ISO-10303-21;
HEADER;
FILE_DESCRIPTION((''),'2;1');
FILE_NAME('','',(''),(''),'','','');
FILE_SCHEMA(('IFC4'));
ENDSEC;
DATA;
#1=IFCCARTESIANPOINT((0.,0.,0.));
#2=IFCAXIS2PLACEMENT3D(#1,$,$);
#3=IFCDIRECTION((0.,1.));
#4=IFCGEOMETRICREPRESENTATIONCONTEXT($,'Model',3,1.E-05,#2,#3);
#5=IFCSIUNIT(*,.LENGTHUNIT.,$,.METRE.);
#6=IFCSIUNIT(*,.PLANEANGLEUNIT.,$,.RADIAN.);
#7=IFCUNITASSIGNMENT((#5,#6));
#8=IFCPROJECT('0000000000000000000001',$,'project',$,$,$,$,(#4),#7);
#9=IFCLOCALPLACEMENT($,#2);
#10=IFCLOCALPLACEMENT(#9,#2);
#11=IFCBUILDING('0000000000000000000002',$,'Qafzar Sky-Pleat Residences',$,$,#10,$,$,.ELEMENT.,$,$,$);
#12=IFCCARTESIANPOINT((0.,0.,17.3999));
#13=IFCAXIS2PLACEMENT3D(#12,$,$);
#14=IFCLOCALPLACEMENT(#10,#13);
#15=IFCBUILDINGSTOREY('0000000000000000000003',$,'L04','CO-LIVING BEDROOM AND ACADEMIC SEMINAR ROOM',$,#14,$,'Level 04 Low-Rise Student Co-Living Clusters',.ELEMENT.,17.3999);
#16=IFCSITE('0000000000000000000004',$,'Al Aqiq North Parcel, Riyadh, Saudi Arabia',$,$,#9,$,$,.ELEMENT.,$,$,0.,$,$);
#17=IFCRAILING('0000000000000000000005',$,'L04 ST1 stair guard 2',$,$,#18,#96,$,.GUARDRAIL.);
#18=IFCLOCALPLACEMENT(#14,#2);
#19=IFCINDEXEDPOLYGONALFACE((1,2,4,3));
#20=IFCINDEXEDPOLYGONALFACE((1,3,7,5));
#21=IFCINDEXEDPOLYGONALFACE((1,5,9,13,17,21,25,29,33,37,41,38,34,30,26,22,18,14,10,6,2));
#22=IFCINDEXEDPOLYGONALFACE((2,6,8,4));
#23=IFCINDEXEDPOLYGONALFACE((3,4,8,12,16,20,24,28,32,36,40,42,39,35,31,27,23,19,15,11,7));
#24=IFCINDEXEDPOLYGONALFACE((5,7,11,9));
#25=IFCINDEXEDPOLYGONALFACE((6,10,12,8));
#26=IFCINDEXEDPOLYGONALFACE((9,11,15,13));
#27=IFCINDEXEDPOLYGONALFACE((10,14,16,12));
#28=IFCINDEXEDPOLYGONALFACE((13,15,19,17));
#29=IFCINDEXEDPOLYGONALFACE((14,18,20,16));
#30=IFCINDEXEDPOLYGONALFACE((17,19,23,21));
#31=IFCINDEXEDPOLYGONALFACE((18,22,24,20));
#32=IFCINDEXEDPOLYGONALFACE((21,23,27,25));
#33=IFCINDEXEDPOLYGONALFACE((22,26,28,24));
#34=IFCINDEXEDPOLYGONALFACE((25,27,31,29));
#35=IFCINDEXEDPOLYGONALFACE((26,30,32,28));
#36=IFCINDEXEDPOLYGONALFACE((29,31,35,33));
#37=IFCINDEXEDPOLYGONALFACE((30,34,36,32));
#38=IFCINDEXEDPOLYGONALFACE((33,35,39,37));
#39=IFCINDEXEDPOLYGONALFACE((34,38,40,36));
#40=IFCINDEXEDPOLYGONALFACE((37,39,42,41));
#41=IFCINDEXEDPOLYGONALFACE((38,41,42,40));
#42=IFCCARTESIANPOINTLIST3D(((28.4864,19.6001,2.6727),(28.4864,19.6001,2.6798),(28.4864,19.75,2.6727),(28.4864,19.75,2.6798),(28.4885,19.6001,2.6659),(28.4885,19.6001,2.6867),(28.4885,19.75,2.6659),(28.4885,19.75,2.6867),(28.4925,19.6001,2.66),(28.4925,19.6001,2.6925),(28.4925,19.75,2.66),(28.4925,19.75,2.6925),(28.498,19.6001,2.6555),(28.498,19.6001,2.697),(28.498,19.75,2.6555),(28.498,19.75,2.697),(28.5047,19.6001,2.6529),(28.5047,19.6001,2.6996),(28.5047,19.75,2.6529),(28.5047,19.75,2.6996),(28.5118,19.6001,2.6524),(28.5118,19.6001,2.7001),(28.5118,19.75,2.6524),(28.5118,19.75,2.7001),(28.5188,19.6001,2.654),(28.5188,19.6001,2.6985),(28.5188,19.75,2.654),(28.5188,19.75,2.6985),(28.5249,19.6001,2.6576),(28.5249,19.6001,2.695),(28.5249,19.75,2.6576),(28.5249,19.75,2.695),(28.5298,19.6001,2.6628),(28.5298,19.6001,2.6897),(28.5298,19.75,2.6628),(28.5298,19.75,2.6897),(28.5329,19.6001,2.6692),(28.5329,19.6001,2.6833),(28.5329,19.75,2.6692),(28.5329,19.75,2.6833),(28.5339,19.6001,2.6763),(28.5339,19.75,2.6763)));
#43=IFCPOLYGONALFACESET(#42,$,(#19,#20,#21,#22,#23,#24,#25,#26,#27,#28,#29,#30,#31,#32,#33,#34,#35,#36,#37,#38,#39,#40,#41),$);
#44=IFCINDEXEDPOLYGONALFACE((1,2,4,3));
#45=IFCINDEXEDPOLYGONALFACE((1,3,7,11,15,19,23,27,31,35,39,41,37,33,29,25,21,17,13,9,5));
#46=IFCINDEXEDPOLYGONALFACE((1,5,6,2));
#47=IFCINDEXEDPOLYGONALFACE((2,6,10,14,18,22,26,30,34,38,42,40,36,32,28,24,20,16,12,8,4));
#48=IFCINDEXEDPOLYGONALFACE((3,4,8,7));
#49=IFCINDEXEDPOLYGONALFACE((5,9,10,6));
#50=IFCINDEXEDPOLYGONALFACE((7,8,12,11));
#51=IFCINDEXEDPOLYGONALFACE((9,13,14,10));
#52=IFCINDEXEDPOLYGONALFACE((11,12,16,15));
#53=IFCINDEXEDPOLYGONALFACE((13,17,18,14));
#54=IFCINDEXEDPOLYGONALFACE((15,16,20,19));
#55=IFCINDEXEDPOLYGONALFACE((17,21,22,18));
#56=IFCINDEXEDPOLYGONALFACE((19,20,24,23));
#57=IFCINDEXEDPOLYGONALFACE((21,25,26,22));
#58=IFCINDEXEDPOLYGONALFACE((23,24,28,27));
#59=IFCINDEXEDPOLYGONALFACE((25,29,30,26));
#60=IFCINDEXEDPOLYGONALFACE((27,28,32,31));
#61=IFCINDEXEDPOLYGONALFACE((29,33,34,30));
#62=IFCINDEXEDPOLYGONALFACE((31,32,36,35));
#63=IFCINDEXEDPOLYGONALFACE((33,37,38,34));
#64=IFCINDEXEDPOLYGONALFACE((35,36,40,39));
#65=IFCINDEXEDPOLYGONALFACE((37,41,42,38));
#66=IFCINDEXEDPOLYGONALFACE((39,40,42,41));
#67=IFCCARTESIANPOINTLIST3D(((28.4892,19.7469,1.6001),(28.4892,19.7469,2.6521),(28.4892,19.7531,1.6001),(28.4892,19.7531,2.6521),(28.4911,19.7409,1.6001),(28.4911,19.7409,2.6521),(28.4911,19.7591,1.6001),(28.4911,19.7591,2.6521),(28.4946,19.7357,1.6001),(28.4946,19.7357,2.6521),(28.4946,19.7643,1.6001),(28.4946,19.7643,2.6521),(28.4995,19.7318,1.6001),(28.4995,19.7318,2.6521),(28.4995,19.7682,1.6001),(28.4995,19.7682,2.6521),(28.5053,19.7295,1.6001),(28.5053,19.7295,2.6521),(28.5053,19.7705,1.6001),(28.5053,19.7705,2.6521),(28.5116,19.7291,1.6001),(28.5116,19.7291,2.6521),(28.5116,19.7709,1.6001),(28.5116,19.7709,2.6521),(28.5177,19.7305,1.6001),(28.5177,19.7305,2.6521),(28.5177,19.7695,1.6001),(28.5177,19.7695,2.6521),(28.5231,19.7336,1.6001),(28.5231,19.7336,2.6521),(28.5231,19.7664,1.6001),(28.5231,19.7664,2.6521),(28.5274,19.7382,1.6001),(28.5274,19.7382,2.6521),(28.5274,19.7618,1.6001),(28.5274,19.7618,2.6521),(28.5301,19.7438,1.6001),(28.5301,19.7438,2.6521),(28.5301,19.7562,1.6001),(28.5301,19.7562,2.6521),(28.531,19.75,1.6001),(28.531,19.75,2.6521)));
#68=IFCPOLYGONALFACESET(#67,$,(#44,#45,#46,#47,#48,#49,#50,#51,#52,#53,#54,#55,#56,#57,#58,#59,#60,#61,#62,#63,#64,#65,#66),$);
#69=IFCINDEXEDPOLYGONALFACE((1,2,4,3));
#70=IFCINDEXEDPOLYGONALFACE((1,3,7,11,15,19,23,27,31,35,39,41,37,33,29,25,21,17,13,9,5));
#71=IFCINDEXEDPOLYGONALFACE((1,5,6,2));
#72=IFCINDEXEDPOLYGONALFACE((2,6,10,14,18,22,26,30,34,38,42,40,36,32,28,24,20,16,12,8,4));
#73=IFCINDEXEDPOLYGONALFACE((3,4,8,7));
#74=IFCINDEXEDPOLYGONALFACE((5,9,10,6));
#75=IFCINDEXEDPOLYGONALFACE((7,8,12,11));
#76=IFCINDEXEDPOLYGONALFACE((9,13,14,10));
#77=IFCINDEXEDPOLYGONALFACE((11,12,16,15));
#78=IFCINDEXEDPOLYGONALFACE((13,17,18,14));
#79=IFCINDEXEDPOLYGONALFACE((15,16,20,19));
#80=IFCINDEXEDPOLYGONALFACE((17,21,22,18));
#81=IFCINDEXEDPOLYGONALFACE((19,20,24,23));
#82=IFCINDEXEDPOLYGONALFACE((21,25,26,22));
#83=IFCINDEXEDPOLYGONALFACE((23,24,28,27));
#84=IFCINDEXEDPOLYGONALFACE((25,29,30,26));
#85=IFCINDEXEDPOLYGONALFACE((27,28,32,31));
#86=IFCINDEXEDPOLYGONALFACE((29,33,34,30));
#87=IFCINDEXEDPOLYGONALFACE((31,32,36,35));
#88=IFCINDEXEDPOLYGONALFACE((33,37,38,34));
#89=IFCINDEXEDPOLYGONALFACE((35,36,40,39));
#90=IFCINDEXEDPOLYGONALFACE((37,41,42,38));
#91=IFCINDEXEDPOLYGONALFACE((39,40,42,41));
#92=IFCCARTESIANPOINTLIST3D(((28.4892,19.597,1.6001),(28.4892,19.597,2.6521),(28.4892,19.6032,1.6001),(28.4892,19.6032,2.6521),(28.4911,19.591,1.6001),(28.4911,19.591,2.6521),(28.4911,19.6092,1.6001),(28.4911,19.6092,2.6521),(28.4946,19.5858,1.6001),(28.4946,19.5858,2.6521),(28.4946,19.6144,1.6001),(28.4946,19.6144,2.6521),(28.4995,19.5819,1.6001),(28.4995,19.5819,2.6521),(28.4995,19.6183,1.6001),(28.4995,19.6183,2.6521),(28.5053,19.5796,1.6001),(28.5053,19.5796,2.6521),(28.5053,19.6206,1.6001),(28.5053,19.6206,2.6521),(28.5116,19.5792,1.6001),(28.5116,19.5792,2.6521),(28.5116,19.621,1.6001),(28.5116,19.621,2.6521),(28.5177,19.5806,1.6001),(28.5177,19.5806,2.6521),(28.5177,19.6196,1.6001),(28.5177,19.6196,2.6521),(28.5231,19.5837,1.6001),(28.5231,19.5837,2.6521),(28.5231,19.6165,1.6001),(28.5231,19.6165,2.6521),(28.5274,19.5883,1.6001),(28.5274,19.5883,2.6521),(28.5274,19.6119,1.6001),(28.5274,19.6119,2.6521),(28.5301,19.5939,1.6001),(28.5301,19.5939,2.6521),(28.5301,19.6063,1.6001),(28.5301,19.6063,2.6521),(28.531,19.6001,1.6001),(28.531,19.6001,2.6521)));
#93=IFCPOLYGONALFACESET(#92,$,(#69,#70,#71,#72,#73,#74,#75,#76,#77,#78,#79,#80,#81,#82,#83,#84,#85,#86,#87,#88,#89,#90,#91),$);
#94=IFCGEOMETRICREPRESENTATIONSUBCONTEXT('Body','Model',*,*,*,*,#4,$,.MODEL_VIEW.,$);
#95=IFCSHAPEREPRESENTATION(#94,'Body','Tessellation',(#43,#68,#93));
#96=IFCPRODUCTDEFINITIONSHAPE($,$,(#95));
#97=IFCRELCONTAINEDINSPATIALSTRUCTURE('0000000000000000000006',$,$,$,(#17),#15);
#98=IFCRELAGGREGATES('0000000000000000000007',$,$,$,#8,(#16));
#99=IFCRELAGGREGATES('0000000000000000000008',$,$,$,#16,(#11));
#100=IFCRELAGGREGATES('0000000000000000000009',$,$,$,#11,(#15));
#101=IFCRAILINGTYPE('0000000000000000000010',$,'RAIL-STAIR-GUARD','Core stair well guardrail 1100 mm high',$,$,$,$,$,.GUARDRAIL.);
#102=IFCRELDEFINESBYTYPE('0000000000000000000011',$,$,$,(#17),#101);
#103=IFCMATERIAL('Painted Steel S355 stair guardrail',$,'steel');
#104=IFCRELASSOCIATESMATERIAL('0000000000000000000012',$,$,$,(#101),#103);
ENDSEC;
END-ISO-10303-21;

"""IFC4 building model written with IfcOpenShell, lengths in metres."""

from ifc_helpers import new_model, si_unit, direction, frame, origin, origin_2d, place, context, subcontext, project, spatial, circle, extrude, source, transform, mapped, material, type_object, element, save


model = new_model("IFC4")

# Units and contexts
model_context = context("Model", 3, precision=1e-05, world=origin(), true_north=direction((0.0, 1.0)))
body_context = subcontext(model_context, "Body", "Model", "MODEL_VIEW")
ifc_project = project(units=[si_unit("LENGTHUNIT", "METRE"), si_unit("PLANEANGLEUNIT", "RADIAN")], contexts=[model_context])

# Site, building, storey
site_placement = place(None, origin())
site = spatial("IfcSite", under=ifc_project, at=site_placement, Name="Al Aqiq North Parcel, Riyadh, Saudi Arabia", CompositionType="ELEMENT", RefElevation=0.0)
building_placement = place(site_placement, origin())
building = spatial("IfcBuilding", under=site, at=building_placement, Name="Qafzar Sky-Pleat Residences", CompositionType="ELEMENT")
storey_placement = place(building_placement, frame((0.0, 0.0, 17.3999)))
storey = spatial("IfcBuildingStorey", under=building, at=storey_placement, Name="L04", Description="CO-LIVING BEDROOM AND ACADEMIC SEMINAR ROOM", LongName="Level 04 Low-Rise Student Co-Living Clusters", CompositionType="ELEMENT", Elevation=17.3999)

# Railing
ifc_material_1 = material(Name="Painted Steel S355 stair guardrail", Category="steel")
railing_type_1 = type_object("IfcRailingType", Name="RAIL-STAIR-GUARD", Description="Core stair well guardrail 1100 mm high", PredefinedType="GUARDRAIL", material=ifc_material_1)
shared_shape_1 = source(origin(), body_context, "Body", "SweptSolid", [
    extrude(circle(Radius=0.0239, at=origin_2d()), frame((0.0, 0.0, 1.0762), z_axis=(0.0, -1.0, 0.0), x_axis=(1.0, 0.0, 0.0)), (0.0, 0.0, 1.0), 0.1499),
    extrude(circle(Radius=0.021, at=origin_2d()), origin(), (0.0, 0.0, 1.0), 1.052),
    extrude(circle(Radius=0.021, at=origin_2d()), frame((0.0, -0.1499, 0.0)), (0.0, 0.0, 1.0), 1.052),
])
railing_1_placement = place(storey_placement, frame((28.51, 19.75, 1.6001)))
element("IfcRailing", 1, at=railing_1_placement, inside=storey, type_object=railing_type_1, Name="L04 ST1 stair guard 2", PredefinedType="GUARDRAIL", context=body_context, shape_type="MappedRepresentation", body=[
    mapped(shared_shape_1, transform((0.0, 0.0, 0.0), x_axis=(1.0, 0.0, 0.0), y_axis=(0.0, 1.0, 0.0), z_axis=(0.0, 0.0, 1.0), scale=1.0)),
])

save(model, "model.ifc")
